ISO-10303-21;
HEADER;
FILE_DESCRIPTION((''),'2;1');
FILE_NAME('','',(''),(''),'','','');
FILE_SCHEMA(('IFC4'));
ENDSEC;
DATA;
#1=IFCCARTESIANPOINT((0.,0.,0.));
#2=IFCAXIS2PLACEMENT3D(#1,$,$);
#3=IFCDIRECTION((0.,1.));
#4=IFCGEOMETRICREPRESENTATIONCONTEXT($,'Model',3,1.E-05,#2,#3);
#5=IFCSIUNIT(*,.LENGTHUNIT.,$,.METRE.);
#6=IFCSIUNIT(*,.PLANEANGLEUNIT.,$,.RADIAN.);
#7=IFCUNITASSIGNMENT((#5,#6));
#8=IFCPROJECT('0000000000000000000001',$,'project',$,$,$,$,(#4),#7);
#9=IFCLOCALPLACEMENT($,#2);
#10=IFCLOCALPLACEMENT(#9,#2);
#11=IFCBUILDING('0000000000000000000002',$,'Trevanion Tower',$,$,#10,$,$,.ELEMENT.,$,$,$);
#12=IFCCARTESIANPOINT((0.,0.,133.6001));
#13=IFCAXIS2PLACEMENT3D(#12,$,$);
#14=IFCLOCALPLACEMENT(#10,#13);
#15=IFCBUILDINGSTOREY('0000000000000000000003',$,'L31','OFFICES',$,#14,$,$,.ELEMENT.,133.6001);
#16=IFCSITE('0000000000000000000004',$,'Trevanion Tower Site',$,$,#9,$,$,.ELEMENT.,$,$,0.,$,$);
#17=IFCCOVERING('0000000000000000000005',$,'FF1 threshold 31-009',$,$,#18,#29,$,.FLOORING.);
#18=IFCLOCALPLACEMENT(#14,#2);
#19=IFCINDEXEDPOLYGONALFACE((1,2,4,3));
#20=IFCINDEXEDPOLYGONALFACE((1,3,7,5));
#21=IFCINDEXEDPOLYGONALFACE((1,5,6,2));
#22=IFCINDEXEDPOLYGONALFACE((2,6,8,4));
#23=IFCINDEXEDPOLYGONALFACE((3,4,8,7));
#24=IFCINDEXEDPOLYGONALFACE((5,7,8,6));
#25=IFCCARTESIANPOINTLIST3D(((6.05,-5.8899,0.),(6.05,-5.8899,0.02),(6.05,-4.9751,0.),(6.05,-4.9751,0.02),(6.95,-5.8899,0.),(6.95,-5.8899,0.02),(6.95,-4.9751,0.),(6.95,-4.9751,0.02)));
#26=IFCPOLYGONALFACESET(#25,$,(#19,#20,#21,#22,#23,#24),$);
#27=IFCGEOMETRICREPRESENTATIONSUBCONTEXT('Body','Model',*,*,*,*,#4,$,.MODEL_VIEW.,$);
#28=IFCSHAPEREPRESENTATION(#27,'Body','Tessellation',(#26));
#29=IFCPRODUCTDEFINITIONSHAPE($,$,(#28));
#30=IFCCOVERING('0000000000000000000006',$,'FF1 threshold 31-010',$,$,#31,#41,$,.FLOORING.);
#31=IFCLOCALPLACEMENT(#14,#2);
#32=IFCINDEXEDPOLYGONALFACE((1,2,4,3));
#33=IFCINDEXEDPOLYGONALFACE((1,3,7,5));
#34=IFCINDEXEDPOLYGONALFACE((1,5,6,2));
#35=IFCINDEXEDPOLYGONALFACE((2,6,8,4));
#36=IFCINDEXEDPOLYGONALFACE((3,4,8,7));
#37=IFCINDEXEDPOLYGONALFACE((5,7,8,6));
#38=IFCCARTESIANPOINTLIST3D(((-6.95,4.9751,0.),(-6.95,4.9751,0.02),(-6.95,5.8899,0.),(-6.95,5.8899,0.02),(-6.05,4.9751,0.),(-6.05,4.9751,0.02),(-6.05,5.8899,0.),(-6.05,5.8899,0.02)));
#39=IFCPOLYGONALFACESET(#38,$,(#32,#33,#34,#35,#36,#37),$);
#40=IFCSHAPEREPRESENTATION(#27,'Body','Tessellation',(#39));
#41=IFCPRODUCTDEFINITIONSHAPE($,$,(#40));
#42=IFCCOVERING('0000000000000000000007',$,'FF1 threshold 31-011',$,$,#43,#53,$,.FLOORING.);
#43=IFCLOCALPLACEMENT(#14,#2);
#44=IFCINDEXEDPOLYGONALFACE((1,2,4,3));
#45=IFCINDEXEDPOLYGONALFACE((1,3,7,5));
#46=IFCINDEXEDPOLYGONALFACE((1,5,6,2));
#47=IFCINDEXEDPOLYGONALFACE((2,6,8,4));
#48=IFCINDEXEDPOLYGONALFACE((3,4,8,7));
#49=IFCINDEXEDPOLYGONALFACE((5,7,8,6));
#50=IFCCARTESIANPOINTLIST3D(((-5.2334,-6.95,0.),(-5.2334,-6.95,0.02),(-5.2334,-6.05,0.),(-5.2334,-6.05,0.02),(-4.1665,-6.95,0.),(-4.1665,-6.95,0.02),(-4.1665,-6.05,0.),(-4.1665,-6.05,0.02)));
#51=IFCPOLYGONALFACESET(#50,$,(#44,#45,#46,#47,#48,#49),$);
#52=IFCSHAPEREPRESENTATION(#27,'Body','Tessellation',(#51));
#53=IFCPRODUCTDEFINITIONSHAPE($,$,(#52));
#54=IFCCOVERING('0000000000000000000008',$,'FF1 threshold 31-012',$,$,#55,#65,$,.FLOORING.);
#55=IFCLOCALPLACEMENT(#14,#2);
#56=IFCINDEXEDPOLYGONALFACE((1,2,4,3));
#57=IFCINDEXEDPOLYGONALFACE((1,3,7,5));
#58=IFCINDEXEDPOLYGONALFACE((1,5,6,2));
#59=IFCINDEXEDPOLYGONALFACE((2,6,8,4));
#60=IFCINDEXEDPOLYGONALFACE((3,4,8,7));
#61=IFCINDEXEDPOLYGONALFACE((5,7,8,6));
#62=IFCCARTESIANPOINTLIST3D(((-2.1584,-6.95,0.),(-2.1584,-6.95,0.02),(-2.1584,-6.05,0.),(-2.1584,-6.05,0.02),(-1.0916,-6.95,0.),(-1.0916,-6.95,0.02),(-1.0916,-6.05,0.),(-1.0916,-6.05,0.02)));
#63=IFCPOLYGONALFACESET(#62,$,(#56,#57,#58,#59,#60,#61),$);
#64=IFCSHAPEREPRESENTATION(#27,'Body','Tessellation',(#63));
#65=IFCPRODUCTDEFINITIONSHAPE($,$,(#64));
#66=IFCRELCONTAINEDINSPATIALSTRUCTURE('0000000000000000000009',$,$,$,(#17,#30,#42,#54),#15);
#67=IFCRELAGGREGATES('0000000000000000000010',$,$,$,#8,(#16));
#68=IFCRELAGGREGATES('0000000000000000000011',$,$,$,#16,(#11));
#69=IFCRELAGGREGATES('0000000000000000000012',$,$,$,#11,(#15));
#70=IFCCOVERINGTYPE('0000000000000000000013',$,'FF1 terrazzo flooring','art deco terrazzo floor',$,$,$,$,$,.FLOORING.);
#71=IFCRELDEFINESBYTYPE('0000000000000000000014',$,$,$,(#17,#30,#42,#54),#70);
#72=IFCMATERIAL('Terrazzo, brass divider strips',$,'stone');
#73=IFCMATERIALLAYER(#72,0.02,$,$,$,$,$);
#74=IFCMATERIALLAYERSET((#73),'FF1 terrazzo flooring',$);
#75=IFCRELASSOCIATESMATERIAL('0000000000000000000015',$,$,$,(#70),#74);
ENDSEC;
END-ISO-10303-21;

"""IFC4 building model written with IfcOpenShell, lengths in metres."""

from ifc_helpers import new_model, si_unit, direction, frame, origin, place, context, subcontext, project, spatial, polyline, outline, extrude, material, layer, layer_set, type_object, element, save


model = new_model("IFC4")

# Units and contexts
model_context = context("Model", 3, precision=1e-05, world=origin(), true_north=direction((0.0, 1.0)))
body_context = subcontext(model_context, "Body", "Model", "MODEL_VIEW")
ifc_project = project(units=[si_unit("LENGTHUNIT", "METRE"), si_unit("PLANEANGLEUNIT", "RADIAN")], contexts=[model_context])

# Site, building, storey
site_placement = place(None, origin())
site = spatial("IfcSite", under=ifc_project, at=site_placement, Name="Trevanion Tower Site", CompositionType="ELEMENT", RefElevation=0.0)
building_placement = place(site_placement, origin())
building = spatial("IfcBuilding", under=site, at=building_placement, Name="Trevanion Tower", CompositionType="ELEMENT")
storey_placement = place(building_placement, frame((0.0, 0.0, 133.6001)))
storey = spatial("IfcBuildingStorey", under=building, at=storey_placement, Name="L31", Description="OFFICES", CompositionType="ELEMENT", Elevation=133.6001)

# Coverings
ifc_material_1 = material(Name="Terrazzo, brass divider strips", Category="stone")
ifc_layer_1 = layer(ifc_material_1, 0.02)
ifc_layer_set_1 = layer_set([ifc_layer_1], Name="FF1 terrazzo flooring")
covering_type = type_object("IfcCoveringType", Name="FF1 terrazzo flooring", Description="art deco terrazzo floor", PredefinedType="FLOORING", material=ifc_layer_set_1)
covering_1_placement = place(storey_placement, origin())
element("IfcCovering", 1, at=covering_1_placement, inside=storey, type_object=covering_type, Name="FF1 threshold 31-009", PredefinedType="FLOORING", context=body_context, shape_type="SweptSolid", body=[
    extrude(outline(polyline([(6.95, -5.8899), (6.95, -4.9751), (6.05, -4.9751), (6.05, -5.8899), (6.95, -5.8899)])), origin(), (0.0, 0.0, 1.0), 0.02),
])
covering_2_placement = place(storey_placement, origin())
element("IfcCovering", 2, at=covering_2_placement, inside=storey, type_object=covering_type, Name="FF1 threshold 31-010", PredefinedType="FLOORING", context=body_context, shape_type="SweptSolid", body=[
    extrude(outline(polyline([(-6.95, 5.8899), (-6.95, 4.9751), (-6.05, 4.9751), (-6.05, 5.8899), (-6.95, 5.8899)])), origin(), (0.0, 0.0, 1.0), 0.02),
])
covering_3_placement = place(storey_placement, origin())
element("IfcCovering", 3, at=covering_3_placement, inside=storey, type_object=covering_type, Name="FF1 threshold 31-011", PredefinedType="FLOORING", context=body_context, shape_type="SweptSolid", body=[
    extrude(outline(polyline([(-5.2334, -6.95), (-4.1665, -6.95), (-4.1665, -6.05), (-5.2334, -6.05), (-5.2334, -6.95)])), origin(), (0.0, 0.0, 1.0), 0.02),
])
covering_4_placement = place(storey_placement, origin())
element("IfcCovering", 4, at=covering_4_placement, inside=storey, type_object=covering_type, Name="FF1 threshold 31-012", PredefinedType="FLOORING", context=body_context, shape_type="SweptSolid", body=[
    extrude(outline(polyline([(-2.1584, -6.95), (-1.0916, -6.95), (-1.0916, -6.05), (-2.1584, -6.05), (-2.1584, -6.95)])), origin(), (0.0, 0.0, 1.0), 0.02),
])

save(model, "model.ifc")
